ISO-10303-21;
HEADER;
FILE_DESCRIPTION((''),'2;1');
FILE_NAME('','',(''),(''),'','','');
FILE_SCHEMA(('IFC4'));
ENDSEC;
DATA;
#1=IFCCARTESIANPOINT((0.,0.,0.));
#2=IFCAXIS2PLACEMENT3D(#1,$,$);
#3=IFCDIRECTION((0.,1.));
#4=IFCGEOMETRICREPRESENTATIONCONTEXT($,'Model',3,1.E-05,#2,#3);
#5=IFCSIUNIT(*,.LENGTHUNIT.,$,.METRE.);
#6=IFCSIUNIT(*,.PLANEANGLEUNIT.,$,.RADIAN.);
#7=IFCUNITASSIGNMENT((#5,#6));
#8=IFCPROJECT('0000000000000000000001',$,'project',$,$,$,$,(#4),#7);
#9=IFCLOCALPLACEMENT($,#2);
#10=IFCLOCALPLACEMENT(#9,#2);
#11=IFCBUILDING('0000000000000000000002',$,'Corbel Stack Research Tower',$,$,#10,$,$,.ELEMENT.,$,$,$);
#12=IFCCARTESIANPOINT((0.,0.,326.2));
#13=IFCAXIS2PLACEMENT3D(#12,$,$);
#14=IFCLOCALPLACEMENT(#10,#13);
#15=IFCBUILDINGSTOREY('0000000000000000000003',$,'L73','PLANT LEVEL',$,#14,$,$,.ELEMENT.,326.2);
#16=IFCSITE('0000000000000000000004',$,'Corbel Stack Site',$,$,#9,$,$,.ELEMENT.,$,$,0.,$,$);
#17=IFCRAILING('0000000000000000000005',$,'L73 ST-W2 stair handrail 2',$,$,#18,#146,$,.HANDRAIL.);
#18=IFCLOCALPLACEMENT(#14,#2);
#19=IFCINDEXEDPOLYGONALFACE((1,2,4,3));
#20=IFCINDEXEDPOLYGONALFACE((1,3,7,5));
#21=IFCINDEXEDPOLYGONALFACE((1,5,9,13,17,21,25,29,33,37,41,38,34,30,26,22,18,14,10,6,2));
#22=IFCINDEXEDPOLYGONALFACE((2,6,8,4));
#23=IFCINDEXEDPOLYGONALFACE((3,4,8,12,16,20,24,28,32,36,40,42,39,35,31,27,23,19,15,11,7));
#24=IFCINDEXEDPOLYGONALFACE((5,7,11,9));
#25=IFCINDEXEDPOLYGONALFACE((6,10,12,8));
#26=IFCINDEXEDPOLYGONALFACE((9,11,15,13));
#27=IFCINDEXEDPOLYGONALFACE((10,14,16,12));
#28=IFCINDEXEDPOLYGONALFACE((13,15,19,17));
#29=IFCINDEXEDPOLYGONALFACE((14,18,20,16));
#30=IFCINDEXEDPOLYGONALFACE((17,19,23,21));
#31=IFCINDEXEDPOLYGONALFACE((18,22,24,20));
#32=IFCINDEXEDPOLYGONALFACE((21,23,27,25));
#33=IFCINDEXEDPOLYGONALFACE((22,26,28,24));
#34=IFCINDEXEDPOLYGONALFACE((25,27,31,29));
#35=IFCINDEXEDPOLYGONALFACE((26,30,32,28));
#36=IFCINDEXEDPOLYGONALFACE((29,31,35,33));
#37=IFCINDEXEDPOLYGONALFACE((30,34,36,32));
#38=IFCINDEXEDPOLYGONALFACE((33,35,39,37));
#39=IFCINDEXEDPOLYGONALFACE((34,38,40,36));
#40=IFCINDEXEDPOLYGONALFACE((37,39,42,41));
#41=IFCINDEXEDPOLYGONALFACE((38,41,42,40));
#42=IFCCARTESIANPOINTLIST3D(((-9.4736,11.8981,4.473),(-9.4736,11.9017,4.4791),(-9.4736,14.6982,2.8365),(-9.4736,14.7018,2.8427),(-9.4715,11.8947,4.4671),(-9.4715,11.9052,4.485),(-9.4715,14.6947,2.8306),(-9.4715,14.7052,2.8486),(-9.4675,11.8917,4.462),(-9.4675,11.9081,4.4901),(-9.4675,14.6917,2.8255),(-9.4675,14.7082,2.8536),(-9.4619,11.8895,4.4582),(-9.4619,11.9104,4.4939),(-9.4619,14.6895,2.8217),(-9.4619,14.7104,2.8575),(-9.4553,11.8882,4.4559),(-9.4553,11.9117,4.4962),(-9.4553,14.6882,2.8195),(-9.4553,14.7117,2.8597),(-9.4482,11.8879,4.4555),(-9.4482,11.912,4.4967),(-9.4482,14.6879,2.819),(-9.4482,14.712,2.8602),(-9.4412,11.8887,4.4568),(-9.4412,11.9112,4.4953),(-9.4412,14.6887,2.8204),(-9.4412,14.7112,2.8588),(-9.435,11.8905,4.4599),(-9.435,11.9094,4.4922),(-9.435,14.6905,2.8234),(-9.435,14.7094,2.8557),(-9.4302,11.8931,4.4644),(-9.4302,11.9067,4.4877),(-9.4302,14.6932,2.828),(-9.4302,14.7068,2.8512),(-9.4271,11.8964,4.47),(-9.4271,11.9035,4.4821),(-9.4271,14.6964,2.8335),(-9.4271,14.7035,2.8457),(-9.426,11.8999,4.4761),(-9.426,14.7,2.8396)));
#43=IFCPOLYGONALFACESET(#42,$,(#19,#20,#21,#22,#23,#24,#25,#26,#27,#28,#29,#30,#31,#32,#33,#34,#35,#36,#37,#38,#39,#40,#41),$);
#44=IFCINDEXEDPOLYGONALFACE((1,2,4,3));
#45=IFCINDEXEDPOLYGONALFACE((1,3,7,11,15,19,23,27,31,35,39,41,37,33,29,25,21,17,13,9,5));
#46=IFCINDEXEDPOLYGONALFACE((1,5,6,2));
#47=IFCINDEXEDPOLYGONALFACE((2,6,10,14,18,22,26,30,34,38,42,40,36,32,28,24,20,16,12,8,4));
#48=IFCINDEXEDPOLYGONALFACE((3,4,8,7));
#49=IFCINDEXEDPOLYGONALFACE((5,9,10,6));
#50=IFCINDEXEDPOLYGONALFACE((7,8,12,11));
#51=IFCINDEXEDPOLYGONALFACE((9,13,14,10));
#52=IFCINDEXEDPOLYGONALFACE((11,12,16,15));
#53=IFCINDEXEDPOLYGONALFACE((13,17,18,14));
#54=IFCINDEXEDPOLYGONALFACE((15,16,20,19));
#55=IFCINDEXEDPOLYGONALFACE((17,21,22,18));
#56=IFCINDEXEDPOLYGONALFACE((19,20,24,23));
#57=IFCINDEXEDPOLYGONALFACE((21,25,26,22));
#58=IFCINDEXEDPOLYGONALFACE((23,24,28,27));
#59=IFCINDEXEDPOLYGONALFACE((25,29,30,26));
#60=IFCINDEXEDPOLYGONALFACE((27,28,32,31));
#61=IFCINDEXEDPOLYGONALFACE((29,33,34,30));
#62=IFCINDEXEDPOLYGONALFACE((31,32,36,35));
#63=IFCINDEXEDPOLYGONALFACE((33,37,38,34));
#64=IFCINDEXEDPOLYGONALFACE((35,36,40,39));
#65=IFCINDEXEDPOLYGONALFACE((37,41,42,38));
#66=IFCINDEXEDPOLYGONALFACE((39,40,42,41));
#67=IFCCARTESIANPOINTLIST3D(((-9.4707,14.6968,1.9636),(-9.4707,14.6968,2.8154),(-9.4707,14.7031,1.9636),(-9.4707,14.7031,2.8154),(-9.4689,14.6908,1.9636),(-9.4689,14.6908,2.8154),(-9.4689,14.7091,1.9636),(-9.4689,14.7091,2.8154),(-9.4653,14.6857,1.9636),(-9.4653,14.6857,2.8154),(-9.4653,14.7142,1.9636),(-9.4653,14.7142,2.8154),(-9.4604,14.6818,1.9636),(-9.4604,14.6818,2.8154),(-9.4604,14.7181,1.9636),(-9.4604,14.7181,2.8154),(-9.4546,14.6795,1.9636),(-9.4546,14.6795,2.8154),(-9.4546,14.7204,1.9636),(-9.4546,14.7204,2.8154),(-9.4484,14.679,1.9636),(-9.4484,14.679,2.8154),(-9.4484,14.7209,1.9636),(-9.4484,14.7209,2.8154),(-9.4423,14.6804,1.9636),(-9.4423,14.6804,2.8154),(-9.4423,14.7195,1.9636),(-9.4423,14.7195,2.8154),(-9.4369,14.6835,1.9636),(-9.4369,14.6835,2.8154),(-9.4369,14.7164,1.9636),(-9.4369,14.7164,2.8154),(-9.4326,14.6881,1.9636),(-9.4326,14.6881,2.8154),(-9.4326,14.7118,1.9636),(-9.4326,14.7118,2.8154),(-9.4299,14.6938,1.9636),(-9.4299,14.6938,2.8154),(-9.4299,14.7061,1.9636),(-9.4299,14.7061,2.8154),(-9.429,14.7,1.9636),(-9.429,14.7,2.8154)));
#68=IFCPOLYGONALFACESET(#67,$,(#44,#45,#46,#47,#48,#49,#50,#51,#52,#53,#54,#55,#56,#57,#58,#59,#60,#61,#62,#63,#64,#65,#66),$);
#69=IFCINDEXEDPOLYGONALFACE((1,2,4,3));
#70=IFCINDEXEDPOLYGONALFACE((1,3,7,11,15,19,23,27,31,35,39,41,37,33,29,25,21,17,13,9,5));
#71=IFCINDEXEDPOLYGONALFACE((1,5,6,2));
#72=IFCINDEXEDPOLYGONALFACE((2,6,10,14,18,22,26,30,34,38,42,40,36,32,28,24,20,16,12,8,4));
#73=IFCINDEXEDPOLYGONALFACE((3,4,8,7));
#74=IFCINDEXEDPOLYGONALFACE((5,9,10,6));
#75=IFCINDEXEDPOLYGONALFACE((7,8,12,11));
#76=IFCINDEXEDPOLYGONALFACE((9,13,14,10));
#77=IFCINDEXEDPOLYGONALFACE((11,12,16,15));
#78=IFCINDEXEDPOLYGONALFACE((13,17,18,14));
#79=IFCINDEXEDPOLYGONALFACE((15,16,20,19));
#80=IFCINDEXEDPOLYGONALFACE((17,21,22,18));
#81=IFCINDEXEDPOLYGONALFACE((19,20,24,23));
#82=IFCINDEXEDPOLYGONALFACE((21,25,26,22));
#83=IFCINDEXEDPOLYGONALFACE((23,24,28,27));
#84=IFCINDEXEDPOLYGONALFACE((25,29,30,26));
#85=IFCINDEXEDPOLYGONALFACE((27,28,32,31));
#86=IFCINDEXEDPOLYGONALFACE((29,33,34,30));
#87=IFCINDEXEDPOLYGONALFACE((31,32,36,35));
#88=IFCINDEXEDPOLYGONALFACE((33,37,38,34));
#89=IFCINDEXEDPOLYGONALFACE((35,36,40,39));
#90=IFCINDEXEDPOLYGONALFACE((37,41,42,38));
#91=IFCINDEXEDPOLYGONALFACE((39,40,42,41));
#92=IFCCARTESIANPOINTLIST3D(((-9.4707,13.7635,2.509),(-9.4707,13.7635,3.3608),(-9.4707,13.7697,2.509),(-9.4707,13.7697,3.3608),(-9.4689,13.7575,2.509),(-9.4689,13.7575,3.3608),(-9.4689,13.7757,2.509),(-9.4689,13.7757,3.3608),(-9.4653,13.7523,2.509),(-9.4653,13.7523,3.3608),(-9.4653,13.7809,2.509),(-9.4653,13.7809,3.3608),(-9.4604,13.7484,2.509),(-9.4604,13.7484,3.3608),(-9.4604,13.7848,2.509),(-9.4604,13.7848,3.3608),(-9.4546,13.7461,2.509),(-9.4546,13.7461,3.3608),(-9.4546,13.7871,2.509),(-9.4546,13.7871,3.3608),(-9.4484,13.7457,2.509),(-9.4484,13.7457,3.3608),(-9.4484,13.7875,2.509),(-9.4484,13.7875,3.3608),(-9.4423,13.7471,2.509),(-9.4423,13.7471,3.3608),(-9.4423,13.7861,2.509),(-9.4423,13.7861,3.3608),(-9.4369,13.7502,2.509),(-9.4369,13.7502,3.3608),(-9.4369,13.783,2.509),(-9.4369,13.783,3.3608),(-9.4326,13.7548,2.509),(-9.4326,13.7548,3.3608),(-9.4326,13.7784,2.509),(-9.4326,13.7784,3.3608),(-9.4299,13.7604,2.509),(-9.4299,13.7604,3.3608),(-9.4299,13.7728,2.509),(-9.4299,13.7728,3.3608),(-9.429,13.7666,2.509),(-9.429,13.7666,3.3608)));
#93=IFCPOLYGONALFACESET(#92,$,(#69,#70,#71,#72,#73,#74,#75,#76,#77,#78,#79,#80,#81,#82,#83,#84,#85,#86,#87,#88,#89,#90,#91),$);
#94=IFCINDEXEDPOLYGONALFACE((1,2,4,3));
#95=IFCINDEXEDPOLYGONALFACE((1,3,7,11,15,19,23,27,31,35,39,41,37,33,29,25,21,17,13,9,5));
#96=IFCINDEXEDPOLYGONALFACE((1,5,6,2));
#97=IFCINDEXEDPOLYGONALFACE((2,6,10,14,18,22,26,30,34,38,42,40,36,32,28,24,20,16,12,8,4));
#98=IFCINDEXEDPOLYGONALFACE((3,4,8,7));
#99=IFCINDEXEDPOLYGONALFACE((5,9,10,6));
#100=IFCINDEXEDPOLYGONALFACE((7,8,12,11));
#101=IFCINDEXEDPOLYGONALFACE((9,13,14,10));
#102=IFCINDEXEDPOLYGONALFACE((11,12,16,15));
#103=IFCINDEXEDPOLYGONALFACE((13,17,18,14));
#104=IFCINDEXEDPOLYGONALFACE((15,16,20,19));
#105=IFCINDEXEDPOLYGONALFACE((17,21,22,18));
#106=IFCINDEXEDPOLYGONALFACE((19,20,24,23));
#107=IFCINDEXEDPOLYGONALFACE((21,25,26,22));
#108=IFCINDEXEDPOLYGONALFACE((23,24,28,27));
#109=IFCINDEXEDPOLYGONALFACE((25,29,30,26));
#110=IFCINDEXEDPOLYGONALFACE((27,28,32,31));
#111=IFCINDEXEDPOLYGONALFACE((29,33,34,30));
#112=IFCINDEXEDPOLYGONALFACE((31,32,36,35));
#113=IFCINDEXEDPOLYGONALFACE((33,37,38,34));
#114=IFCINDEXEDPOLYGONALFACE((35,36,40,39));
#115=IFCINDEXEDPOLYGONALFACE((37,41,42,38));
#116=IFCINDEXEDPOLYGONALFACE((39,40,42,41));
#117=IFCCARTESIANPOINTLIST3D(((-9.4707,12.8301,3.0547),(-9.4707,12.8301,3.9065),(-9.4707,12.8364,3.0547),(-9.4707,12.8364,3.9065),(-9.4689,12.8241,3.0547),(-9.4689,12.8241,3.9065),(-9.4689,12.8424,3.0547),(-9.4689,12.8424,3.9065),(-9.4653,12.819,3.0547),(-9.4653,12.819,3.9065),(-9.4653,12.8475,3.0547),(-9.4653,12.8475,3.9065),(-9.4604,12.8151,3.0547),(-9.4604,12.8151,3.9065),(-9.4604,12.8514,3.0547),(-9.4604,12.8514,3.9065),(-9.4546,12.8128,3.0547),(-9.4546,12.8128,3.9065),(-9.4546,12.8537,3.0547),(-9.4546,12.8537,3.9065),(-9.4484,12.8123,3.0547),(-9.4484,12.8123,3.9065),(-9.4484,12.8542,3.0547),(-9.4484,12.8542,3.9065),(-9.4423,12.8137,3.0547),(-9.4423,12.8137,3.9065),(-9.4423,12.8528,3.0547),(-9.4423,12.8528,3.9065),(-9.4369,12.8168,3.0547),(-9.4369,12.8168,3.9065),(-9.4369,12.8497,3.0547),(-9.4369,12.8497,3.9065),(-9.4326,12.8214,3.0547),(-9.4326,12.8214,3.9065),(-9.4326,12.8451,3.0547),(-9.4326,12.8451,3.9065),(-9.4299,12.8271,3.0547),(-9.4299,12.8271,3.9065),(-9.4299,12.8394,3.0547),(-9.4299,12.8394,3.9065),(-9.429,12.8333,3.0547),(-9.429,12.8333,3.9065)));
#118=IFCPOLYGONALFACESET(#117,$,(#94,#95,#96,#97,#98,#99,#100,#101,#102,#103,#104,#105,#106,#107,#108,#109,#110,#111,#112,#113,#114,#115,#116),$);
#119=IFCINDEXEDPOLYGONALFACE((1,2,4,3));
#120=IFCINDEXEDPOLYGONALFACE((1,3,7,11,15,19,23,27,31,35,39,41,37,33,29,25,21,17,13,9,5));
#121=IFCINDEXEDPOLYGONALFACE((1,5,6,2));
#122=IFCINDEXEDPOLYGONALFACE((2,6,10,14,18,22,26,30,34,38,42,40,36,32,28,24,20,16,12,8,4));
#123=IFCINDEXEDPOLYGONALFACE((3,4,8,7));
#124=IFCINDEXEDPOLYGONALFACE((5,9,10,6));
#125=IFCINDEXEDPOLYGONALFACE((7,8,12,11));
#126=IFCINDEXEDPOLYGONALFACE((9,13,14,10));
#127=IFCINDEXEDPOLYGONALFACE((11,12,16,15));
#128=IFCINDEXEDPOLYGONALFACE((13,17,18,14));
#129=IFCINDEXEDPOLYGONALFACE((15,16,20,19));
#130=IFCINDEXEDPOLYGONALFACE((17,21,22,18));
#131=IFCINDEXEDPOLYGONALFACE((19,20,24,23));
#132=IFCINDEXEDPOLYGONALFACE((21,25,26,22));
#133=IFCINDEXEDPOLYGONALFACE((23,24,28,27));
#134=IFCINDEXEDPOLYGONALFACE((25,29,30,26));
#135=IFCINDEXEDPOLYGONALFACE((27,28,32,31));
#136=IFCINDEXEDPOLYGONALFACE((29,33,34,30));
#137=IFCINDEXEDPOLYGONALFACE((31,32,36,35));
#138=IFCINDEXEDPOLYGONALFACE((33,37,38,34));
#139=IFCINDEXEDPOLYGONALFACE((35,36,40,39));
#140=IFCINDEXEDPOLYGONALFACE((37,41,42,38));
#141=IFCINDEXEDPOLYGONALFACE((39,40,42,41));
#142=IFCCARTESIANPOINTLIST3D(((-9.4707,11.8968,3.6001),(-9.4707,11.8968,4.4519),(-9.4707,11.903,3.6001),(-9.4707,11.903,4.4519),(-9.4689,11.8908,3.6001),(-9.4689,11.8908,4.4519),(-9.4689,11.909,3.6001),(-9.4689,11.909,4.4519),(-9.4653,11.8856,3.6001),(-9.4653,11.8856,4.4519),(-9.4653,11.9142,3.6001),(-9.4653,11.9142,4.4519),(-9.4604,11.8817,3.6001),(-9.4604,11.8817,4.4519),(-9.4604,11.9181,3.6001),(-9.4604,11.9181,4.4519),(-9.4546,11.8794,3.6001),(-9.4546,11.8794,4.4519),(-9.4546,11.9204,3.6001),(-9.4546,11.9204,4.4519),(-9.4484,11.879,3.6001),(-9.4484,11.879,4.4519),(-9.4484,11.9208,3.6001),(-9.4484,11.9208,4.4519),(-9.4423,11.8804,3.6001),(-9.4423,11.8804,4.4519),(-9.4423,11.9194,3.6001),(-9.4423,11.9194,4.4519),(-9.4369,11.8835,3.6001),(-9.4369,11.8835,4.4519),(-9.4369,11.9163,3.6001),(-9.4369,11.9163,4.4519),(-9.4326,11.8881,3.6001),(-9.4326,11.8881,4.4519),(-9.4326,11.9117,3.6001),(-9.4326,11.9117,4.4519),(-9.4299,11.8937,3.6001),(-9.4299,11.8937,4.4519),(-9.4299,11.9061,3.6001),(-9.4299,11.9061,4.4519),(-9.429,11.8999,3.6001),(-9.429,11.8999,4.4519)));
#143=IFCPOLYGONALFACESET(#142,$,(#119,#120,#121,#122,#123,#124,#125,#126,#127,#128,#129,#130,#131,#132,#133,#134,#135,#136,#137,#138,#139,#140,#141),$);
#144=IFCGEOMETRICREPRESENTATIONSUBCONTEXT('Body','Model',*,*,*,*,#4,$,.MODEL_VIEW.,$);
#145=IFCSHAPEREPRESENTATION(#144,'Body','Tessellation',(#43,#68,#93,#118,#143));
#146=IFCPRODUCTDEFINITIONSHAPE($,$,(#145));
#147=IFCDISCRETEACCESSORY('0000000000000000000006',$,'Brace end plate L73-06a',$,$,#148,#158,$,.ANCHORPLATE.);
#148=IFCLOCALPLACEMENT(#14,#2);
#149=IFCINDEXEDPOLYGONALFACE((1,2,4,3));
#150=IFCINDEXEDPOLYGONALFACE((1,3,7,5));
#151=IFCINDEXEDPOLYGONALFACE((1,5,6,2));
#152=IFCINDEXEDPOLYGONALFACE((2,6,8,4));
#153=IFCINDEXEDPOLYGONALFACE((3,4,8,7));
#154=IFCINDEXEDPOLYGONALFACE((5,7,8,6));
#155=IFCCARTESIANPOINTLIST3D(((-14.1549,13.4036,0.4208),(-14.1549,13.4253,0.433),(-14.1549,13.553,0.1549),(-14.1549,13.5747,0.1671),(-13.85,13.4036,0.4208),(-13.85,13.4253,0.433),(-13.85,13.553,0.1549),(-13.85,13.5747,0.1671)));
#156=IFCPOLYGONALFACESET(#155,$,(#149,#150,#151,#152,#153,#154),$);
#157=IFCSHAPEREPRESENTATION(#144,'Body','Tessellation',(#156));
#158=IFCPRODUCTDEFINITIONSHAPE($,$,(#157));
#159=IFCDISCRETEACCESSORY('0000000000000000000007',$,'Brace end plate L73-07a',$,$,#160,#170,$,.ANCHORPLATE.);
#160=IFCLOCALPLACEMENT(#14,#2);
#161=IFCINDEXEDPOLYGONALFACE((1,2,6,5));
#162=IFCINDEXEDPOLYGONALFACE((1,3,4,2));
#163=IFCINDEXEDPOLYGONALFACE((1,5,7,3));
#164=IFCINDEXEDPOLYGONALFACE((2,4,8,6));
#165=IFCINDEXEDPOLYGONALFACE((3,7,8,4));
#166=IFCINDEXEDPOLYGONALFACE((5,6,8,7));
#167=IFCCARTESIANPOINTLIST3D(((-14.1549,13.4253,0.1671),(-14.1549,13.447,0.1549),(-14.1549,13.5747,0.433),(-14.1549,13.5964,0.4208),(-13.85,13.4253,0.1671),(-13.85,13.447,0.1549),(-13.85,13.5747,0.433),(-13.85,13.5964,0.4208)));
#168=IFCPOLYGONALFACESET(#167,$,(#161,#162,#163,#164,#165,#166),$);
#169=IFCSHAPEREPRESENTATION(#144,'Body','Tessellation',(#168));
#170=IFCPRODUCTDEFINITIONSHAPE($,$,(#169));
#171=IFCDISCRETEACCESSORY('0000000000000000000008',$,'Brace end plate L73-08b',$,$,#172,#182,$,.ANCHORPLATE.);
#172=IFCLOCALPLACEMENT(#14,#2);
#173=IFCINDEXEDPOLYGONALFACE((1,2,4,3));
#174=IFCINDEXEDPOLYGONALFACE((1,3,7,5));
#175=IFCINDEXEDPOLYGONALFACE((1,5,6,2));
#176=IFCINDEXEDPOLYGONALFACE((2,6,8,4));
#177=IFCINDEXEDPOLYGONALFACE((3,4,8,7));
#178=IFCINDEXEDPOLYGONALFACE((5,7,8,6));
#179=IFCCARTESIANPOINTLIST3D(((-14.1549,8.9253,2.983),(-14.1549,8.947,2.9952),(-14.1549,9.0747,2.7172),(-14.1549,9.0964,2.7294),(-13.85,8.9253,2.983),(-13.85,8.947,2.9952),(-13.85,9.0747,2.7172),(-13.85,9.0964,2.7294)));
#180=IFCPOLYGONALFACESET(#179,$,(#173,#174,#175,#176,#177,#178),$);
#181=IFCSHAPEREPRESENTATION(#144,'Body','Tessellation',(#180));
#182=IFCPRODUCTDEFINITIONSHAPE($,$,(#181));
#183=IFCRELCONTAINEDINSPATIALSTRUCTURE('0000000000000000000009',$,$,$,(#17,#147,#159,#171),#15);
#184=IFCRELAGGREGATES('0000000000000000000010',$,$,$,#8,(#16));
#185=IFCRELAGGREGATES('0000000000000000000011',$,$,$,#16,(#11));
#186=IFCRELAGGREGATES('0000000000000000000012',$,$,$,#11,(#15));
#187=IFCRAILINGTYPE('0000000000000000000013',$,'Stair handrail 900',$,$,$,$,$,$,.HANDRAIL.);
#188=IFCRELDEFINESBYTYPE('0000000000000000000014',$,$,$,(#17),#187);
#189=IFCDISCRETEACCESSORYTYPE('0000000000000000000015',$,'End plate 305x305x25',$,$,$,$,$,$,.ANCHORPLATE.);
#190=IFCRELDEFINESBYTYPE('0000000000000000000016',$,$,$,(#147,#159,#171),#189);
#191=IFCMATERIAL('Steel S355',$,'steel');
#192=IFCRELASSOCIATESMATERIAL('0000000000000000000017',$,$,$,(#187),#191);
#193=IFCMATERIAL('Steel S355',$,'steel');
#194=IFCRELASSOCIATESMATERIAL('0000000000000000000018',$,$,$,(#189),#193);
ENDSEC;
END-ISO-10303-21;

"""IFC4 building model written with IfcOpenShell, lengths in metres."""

from ifc_helpers import new_model, si_unit, direction, frame, origin, origin_2d, place, context, subcontext, project, spatial, rectangle, circle, extrude, material, material_profile, profile_set, type_object, element, save


model = new_model("IFC4")

# Units and contexts
model_context = context("Model", 3, precision=1e-05, world=origin(), true_north=direction((0.0, 1.0)))
body_context = subcontext(model_context, "Body", "Model", "MODEL_VIEW")
ifc_project = project(units=[si_unit("LENGTHUNIT", "METRE"), si_unit("PLANEANGLEUNIT", "RADIAN")], contexts=[model_context])

# Site, building, storey
site_placement = place(None, origin())
site = spatial("IfcSite", under=ifc_project, at=site_placement, Name="Corbel Stack Site", CompositionType="ELEMENT", RefElevation=0.0)
building_placement = place(site_placement, origin())
building = spatial("IfcBuilding", under=site, at=building_placement, Name="Corbel Stack Research Tower", CompositionType="ELEMENT")
storey_placement = place(building_placement, frame((0.0, 0.0, 326.2)))
storey = spatial("IfcBuildingStorey", under=building, at=storey_placement, Name="L73", Description="PLANT LEVEL", CompositionType="ELEMENT", Elevation=326.2)

# Railing
ifc_material_1 = material(Name="Steel S355", Category="steel")
railing_type_1 = type_object("IfcRailingType", Name="Stair handrail 900", PredefinedType="HANDRAIL", material=ifc_material_1)
railing_1_placement = place(storey_placement, frame((-9.45, 14.7, 1.9636)))
element("IfcRailing", 1, at=railing_1_placement, inside=storey, type_object=railing_type_1, Name="L73 ST-W2 stair handrail 2", PredefinedType="HANDRAIL", context=body_context, shape_type="SweptSolid", body=[
    extrude(circle(Radius=0.0239, at=origin_2d()), frame((0.0, 0.0, 0.876), z_axis=(0.0, -0.863361, 0.504587), x_axis=(1.0, 0.0, 0.0)), (0.0, 0.0, 1.0), 3.2432),
    extrude(circle(Radius=0.021, at=origin_2d()), origin(), (0.0, 0.0, 1.0), 0.8518),
    extrude(circle(Radius=0.021, at=origin_2d()), frame((0.0, -0.9333, 0.5454)), (0.0, 0.0, 1.0), 0.8518),
    extrude(circle(Radius=0.021, at=origin_2d()), frame((0.0, -1.8667, 1.0911)), (0.0, 0.0, 1.0), 0.8518),
    extrude(circle(Radius=0.021, at=origin_2d()), frame((0.0, -2.8, 1.6365)), (0.0, 0.0, 1.0), 0.8518),
])

# Discrete accessories
ifc_material_2 = material(Name="Steel S355", Category="steel")
ifc_material_profile_1 = material_profile(ifc_material_2, rectangle(XDim=0.3049, YDim=0.3049, at=origin_2d()), Name="End plate 305x305x25")
ifc_profile_set_1 = profile_set([ifc_material_profile_1], Name="Steel S355")
discrete_accessory_type = type_object("IfcDiscreteAccessoryType", Name="End plate 305x305x25", PredefinedType="ANCHORPLATE", material=ifc_profile_set_1)
for number, where, z_axis, x_axis, name in (
    (2, (-14.0024, 13.5, 0.3), (0.0, -0.871837, -0.489796), (1.0, 0.0, 0.0), "Brace end plate L73-06a"),
    (3, (-14.0024, 13.5, 0.3), (0.0, 0.871837, -0.489796), (-1.0, 0.0, 0.0), "Brace end plate L73-07a"),
    (4, (-14.0024, 9.0, 2.8501), (0.0, 0.871837, 0.489796), (-1.0, 0.0, 0.0), "Brace end plate L73-08b"),
):
    element("IfcDiscreteAccessory", number, at=place(storey_placement, frame(where, z_axis=z_axis, x_axis=x_axis)), inside=storey, type_object=discrete_accessory_type, Name=name, PredefinedType="ANCHORPLATE", context=body_context, shape_type="SweptSolid", body=[
        extrude(rectangle(XDim=0.3049, YDim=0.3049, at=origin_2d()), origin(), (0.0, 0.0, 1.0), 0.0249),
    ])

save(model, "model.ifc")
